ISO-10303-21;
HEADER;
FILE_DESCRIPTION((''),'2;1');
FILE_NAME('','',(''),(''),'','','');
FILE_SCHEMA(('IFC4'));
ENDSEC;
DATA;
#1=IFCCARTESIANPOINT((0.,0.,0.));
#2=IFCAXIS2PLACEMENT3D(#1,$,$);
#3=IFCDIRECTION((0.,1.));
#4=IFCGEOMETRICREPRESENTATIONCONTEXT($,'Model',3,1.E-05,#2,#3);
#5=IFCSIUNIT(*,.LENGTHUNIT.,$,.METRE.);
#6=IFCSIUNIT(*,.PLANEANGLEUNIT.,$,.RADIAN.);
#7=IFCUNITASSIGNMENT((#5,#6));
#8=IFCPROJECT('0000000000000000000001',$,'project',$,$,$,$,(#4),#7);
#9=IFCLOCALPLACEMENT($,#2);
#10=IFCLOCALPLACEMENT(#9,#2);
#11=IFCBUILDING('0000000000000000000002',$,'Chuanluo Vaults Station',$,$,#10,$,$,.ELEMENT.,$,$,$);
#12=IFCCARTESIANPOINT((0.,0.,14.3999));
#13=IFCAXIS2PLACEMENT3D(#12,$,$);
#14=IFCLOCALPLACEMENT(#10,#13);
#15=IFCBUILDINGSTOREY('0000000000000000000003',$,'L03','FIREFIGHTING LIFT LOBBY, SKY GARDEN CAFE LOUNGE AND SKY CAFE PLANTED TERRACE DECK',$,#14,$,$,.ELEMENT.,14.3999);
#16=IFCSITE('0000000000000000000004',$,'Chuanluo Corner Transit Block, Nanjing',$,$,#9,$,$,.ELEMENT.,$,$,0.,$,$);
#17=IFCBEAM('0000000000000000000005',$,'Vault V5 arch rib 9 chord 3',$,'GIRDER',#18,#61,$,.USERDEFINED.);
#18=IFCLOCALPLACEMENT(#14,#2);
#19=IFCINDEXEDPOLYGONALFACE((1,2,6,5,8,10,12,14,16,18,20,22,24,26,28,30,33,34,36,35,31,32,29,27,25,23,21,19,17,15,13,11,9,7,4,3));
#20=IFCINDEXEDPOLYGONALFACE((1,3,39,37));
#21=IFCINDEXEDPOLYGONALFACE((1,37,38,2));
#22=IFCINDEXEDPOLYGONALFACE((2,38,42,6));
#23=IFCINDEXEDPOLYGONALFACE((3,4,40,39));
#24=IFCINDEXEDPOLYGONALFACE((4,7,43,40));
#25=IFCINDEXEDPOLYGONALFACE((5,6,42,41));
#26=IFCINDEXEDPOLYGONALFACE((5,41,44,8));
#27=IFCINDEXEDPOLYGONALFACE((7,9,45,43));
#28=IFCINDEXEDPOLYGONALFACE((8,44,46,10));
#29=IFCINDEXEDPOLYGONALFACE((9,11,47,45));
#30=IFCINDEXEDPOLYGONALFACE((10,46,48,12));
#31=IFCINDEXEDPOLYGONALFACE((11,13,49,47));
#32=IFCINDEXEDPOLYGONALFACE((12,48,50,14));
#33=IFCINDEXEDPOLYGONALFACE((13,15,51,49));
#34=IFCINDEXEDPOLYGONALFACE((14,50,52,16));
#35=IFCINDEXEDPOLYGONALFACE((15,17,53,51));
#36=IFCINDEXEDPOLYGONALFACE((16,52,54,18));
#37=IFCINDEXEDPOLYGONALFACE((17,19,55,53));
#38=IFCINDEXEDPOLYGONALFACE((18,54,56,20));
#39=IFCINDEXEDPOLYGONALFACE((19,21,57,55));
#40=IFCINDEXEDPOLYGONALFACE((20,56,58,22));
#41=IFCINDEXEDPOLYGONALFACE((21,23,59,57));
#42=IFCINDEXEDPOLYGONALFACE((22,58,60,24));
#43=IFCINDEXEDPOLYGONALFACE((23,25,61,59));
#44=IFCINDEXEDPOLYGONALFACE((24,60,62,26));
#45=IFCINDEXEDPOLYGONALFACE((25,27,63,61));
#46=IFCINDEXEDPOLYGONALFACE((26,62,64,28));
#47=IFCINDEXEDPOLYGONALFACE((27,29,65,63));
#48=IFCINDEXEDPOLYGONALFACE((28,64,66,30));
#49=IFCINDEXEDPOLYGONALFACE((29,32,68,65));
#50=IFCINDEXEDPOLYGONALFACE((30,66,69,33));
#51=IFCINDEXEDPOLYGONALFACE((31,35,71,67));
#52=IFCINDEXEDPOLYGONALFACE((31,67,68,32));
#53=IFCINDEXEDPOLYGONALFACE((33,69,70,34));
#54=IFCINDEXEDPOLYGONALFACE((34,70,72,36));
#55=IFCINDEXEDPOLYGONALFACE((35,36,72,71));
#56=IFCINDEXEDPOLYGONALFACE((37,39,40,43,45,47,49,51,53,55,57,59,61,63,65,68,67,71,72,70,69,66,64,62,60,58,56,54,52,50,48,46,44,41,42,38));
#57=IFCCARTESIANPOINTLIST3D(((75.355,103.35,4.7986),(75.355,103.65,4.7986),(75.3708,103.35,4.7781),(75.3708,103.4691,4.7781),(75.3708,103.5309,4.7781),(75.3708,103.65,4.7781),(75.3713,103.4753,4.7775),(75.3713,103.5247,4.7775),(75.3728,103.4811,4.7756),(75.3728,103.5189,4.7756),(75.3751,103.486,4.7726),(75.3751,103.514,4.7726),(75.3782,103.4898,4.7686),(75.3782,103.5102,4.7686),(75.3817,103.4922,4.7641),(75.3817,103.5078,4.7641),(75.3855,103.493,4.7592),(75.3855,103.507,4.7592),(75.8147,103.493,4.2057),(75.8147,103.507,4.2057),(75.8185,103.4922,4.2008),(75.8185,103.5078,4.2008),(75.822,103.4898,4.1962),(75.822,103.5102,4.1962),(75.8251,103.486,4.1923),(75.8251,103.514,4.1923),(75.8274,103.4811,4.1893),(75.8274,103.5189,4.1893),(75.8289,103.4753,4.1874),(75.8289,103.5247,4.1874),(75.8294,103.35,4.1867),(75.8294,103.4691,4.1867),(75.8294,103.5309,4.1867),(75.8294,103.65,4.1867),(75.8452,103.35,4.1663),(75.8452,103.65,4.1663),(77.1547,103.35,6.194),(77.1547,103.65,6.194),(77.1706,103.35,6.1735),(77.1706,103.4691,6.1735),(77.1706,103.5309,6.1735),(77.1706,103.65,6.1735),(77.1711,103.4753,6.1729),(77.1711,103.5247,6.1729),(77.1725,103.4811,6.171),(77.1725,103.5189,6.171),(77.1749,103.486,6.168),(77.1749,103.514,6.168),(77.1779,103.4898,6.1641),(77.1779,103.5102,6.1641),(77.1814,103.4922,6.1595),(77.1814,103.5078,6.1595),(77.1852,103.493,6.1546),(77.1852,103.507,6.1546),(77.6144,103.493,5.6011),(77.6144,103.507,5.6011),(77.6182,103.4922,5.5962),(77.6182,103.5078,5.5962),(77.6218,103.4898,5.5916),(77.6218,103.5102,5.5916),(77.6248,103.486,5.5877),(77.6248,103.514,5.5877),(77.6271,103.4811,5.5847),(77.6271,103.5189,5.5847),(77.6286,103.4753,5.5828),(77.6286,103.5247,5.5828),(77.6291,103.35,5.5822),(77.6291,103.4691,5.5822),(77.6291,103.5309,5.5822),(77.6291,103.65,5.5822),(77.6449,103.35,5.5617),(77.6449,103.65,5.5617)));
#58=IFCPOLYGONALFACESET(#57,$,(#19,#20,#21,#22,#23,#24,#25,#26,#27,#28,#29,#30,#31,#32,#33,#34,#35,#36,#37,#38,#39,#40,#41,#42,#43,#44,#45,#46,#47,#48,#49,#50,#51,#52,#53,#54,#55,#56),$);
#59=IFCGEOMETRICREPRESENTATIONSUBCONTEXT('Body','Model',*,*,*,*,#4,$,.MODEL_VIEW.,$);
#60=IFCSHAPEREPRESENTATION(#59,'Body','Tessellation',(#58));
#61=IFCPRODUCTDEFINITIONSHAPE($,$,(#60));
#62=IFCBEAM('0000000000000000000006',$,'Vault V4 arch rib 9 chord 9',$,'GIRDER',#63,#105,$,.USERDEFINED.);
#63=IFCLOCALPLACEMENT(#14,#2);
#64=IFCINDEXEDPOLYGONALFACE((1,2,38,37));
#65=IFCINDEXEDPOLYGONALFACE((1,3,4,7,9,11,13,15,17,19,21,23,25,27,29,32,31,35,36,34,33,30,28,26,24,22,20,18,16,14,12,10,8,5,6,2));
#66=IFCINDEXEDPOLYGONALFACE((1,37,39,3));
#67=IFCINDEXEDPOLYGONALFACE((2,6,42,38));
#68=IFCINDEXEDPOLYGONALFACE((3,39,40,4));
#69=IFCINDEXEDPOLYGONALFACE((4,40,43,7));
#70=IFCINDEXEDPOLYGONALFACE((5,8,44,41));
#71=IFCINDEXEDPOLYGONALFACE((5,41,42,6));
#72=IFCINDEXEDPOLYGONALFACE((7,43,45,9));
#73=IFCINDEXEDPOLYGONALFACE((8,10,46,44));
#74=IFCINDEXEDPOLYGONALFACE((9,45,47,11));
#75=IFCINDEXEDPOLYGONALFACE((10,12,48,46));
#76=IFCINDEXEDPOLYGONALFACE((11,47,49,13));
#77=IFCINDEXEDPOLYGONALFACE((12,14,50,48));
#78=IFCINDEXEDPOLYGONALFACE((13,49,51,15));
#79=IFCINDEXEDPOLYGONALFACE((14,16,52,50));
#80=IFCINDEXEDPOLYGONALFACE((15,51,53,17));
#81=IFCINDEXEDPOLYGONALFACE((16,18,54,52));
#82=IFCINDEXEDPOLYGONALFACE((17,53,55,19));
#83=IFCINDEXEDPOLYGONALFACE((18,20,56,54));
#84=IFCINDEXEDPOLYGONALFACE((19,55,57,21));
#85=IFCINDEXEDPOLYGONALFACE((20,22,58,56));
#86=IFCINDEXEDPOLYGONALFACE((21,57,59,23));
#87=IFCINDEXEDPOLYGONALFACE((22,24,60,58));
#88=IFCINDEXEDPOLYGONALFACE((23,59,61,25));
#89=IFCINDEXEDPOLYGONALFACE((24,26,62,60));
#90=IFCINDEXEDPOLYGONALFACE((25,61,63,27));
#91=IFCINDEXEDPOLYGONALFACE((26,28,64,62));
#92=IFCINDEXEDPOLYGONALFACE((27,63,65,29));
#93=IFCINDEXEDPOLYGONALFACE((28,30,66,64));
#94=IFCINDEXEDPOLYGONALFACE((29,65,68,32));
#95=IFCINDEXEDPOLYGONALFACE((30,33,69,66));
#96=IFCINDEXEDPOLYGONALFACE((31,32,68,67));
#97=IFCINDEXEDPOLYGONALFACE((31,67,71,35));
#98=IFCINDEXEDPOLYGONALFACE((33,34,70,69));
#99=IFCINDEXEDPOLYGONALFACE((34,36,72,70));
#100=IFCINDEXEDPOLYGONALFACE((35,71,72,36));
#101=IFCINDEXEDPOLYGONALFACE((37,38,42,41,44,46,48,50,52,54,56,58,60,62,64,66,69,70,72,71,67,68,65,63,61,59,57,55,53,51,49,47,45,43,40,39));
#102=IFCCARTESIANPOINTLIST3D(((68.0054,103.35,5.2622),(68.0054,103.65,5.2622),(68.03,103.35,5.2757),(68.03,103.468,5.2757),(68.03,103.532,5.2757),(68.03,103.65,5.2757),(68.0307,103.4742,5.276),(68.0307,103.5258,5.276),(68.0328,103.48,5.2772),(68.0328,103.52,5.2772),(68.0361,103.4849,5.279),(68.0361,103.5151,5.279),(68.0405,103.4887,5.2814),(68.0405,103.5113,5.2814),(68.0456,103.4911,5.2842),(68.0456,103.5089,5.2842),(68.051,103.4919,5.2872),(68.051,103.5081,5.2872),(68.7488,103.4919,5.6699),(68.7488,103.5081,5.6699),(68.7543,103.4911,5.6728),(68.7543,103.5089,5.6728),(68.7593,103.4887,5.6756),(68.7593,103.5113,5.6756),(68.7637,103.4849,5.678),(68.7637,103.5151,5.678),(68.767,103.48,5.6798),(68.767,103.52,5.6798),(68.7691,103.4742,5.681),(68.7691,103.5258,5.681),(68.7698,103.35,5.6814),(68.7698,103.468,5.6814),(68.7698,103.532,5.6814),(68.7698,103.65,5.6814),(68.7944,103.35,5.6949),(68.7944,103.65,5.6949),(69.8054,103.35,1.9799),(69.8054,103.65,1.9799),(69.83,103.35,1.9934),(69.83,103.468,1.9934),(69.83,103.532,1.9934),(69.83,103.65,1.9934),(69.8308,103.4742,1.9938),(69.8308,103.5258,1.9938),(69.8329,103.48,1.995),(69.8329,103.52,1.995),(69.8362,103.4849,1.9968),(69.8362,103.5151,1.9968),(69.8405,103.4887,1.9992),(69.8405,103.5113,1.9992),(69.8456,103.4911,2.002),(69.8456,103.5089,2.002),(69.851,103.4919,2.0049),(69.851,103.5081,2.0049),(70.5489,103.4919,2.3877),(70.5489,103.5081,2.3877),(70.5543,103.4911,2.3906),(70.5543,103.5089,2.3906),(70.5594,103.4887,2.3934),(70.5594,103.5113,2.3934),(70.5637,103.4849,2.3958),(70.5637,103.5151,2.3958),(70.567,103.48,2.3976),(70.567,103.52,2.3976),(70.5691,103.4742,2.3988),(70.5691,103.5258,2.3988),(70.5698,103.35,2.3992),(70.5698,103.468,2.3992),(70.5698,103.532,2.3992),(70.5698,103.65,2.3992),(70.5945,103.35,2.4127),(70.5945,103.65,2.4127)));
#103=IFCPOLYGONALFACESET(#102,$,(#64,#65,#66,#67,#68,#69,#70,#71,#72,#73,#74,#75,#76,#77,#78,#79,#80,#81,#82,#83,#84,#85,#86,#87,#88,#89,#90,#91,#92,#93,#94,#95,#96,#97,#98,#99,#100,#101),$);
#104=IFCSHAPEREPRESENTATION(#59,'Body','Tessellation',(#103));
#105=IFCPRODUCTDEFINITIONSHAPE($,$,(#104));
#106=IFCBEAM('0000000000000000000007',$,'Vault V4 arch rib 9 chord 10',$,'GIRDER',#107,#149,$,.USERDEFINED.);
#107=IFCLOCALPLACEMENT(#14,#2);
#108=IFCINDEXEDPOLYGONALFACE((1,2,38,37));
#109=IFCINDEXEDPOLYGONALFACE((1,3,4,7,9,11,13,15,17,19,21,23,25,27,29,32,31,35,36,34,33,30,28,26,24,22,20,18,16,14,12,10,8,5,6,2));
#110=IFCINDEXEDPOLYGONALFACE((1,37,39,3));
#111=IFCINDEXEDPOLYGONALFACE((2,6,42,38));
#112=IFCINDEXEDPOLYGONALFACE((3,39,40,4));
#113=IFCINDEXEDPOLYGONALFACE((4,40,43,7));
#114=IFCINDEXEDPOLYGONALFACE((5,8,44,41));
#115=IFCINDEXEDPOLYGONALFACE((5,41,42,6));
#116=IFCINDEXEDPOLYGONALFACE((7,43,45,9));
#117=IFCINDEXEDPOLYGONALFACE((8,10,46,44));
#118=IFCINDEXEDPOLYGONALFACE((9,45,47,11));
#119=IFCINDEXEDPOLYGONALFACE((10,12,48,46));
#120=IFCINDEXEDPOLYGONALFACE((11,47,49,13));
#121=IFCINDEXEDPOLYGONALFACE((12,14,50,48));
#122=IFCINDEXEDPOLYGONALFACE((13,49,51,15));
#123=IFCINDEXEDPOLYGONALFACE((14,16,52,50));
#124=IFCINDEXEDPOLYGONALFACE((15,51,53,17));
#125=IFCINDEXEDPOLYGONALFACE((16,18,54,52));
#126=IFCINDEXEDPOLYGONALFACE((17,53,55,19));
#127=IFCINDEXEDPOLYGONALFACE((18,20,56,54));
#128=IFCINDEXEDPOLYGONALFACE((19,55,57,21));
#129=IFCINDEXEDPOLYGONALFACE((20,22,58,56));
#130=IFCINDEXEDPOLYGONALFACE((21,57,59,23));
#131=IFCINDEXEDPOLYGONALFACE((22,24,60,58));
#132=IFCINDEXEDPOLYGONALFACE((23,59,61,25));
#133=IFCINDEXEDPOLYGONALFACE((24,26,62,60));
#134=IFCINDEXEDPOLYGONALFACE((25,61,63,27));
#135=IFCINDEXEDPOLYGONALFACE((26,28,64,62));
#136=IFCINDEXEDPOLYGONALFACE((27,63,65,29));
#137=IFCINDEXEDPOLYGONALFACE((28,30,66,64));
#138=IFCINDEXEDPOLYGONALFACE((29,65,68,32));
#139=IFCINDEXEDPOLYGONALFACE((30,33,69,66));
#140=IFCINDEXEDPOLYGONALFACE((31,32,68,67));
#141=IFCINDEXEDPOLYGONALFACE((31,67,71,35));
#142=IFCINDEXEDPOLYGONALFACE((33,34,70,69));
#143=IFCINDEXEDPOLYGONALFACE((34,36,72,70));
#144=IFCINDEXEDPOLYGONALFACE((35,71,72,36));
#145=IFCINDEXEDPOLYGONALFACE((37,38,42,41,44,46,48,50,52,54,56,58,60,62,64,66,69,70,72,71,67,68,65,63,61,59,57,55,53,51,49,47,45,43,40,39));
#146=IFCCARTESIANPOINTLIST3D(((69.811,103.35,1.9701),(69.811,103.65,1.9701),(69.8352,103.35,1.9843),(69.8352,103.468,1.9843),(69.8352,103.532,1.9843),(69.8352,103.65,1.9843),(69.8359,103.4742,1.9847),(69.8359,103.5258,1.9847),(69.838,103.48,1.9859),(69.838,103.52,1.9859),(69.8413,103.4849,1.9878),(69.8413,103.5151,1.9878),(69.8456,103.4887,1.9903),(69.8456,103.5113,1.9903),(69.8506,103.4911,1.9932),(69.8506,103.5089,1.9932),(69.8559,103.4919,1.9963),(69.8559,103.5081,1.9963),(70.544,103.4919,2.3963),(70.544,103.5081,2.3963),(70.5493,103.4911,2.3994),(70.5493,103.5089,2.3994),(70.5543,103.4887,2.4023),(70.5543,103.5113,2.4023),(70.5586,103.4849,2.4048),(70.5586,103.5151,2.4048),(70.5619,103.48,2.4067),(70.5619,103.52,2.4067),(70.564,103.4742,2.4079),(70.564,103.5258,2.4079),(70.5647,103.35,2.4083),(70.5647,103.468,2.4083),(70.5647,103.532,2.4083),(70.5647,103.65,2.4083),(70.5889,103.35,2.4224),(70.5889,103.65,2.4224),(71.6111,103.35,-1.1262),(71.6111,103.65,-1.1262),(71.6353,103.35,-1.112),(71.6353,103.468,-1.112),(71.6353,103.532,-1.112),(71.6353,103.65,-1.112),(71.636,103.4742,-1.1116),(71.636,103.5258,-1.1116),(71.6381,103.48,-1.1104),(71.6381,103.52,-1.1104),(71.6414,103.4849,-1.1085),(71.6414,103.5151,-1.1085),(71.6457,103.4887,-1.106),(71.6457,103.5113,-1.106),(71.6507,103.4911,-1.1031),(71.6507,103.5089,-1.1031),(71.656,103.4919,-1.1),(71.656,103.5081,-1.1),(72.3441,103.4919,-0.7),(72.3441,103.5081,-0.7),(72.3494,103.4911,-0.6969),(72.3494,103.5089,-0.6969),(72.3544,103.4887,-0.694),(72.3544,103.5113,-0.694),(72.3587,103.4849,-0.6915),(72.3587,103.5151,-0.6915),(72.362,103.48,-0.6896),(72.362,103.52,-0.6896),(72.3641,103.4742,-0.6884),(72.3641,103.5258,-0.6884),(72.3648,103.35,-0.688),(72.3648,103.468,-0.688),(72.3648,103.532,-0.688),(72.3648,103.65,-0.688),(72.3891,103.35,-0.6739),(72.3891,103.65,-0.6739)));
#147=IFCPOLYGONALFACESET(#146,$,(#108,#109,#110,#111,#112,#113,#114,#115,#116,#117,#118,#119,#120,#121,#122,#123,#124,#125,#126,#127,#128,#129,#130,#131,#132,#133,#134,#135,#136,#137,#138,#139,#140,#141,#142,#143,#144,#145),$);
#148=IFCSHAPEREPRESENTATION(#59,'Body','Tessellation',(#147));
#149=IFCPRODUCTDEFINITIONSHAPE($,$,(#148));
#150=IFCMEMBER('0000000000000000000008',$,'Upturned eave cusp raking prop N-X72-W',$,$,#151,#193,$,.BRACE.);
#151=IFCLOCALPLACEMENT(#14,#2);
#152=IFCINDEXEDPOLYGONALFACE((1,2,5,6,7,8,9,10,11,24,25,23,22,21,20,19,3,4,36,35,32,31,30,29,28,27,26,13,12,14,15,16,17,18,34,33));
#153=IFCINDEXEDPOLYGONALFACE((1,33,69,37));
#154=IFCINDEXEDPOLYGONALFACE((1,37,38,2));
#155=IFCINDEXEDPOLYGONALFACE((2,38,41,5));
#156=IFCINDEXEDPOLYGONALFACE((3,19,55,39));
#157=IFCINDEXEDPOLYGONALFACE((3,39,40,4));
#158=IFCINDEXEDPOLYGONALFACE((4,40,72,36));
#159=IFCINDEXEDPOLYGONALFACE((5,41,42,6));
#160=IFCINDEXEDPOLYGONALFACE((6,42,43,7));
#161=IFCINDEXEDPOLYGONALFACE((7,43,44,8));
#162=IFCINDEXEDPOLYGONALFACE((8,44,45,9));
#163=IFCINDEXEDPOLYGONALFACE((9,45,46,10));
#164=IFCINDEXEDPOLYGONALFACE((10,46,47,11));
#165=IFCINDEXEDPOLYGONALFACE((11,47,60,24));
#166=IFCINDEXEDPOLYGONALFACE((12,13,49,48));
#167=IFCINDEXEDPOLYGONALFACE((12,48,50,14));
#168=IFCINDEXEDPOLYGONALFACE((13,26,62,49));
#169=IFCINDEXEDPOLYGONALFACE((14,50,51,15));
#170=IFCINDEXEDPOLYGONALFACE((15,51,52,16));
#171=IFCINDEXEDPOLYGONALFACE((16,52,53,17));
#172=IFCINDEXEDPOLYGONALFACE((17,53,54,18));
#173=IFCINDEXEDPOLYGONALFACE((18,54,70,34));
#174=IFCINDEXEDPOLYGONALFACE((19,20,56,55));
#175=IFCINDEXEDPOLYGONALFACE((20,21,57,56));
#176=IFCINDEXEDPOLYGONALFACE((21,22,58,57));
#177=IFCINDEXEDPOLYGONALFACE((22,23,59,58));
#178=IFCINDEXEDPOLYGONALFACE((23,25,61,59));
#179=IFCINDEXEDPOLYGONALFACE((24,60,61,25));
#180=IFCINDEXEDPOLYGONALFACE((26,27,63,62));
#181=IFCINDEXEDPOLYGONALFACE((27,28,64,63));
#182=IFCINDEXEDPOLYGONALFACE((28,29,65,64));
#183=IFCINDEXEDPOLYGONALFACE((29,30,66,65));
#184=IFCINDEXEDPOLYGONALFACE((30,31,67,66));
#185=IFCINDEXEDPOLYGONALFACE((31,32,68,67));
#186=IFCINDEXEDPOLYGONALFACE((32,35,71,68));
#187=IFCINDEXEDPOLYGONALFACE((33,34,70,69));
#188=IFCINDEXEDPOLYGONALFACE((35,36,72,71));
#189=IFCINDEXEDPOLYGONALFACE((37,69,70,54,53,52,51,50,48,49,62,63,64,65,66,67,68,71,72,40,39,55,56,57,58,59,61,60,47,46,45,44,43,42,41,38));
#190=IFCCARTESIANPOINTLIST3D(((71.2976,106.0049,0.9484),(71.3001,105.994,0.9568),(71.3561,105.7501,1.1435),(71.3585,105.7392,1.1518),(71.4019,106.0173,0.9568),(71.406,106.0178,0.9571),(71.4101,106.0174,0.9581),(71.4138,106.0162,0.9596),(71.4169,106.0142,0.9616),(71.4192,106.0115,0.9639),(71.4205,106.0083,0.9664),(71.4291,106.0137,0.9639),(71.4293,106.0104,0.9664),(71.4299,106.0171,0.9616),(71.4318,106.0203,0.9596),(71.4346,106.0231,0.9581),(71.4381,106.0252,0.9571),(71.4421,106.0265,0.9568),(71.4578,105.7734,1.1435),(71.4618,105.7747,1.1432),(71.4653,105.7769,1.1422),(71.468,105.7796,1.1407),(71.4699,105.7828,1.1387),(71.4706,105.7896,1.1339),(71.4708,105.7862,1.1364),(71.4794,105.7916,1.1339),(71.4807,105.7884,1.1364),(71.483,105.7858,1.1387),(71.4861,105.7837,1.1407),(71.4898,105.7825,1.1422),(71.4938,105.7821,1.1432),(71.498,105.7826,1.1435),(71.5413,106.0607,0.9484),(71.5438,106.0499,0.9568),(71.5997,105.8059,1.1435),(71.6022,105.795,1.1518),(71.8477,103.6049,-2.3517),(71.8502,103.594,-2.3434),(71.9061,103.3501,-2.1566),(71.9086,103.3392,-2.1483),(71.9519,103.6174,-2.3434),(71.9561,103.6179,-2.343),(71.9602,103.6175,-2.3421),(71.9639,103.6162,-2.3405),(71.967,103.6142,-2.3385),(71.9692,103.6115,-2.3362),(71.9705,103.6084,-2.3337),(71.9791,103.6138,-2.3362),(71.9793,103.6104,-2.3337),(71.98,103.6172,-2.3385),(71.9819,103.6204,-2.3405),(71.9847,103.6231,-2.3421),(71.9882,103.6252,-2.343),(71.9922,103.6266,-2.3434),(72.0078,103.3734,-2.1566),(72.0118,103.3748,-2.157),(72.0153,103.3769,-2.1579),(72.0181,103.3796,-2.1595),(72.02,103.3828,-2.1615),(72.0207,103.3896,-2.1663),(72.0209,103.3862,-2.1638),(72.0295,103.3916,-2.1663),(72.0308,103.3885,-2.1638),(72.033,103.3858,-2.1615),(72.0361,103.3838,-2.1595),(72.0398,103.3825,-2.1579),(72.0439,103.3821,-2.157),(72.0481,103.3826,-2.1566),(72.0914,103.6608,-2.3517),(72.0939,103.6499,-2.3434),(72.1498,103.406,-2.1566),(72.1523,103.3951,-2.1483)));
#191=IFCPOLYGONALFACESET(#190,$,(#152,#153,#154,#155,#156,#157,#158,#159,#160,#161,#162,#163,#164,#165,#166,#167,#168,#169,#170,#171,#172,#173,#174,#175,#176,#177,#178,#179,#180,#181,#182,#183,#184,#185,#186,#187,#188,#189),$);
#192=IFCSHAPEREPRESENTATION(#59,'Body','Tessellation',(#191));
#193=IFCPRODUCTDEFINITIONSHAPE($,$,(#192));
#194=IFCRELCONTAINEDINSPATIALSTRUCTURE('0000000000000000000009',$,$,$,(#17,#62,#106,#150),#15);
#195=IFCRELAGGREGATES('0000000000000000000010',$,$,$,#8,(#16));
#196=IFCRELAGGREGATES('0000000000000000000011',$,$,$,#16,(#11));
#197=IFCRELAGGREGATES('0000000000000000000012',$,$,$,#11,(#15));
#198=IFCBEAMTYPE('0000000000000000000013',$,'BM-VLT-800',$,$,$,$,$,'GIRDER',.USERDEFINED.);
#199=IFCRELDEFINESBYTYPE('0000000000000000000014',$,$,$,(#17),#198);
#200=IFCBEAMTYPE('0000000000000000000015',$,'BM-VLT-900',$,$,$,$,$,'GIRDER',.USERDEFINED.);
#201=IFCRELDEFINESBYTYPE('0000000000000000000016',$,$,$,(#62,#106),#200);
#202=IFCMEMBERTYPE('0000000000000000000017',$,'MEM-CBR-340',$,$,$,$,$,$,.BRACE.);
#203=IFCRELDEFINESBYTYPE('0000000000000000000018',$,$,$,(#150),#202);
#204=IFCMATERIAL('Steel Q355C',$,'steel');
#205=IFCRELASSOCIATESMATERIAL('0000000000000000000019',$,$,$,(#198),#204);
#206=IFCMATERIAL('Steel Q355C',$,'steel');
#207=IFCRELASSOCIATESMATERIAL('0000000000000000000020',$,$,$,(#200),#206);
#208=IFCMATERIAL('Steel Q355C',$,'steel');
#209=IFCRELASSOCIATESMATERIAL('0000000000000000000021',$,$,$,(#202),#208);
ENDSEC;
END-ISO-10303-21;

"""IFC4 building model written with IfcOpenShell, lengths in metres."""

from ifc_helpers import new_model, si_unit, direction, frame, origin, origin_2d, place, context, subcontext, project, spatial, i_section, extrude, material, material_profile, profile_set, type_object, element, save


model = new_model("IFC4")

# Units and contexts
model_context = context("Model", 3, precision=1e-05, world=origin(), true_north=direction((0.0, 1.0)))
body_context = subcontext(model_context, "Body", "Model", "MODEL_VIEW")
ifc_project = project(units=[si_unit("LENGTHUNIT", "METRE"), si_unit("PLANEANGLEUNIT", "RADIAN")], contexts=[model_context])

# Site, building, storey
site_placement = place(None, origin())
site = spatial("IfcSite", under=ifc_project, at=site_placement, Name="Chuanluo Corner Transit Block, Nanjing", CompositionType="ELEMENT", RefElevation=0.0)
building_placement = place(site_placement, origin())
building = spatial("IfcBuilding", under=site, at=building_placement, Name="Chuanluo Vaults Station", CompositionType="ELEMENT")
storey_placement = place(building_placement, frame((0.0, 0.0, 14.3999)))
storey = spatial("IfcBuildingStorey", under=building, at=storey_placement, Name="L03", Description="FIREFIGHTING LIFT LOBBY, SKY GARDEN CAFE LOUNGE AND SKY CAFE PLANTED TERRACE DECK", CompositionType="ELEMENT", Elevation=14.3999)

# Beams
ifc_material_1 = material(Name="Steel Q355C", Category="steel")
ifc_material_profile_1 = material_profile(ifc_material_1, i_section(OverallWidth=0.3, OverallDepth=0.8, WebThickness=0.0139, FlangeThickness=0.0259, FilletRadius=0.0239, at=origin_2d()))
ifc_profile_set_1 = profile_set([ifc_material_profile_1], Name="Steel Q355C")
beam_type_1 = type_object("IfcBeamType", Name="BM-VLT-800", ElementType="GIRDER", PredefinedType="USERDEFINED", material=ifc_profile_set_1)
beam_1_placement = place(storey_placement, frame((75.6001, 103.5, 4.4824), z_axis=(0.790275, 0.0, 0.612752), x_axis=(0.0, 1.0, 0.0)))
element("IfcBeam", 1, at=beam_1_placement, inside=storey, type_object=beam_type_1, Name="Vault V5 arch rib 9 chord 3", ObjectType="GIRDER", PredefinedType="USERDEFINED", context=body_context, shape_type="SweptSolid", body=[
    extrude(i_section(OverallWidth=0.3, OverallDepth=0.8, WebThickness=0.0139, FlangeThickness=0.0259, FilletRadius=0.0239, at=origin_2d()), origin(), (0.0, 0.0, 1.0), 2.2773),
])
ifc_material_2 = material(Name="Steel Q355C", Category="steel")
ifc_material_profile_2 = material_profile(ifc_material_2, i_section(OverallWidth=0.3, OverallDepth=0.8999, WebThickness=0.0161, FlangeThickness=0.0281, FilletRadius=0.0239, at=origin_2d()))
ifc_profile_set_2 = profile_set([ifc_material_profile_2], Name="Steel Q355C")
beam_type_2 = type_object("IfcBeamType", Name="BM-VLT-900", ElementType="GIRDER", PredefinedType="USERDEFINED", material=ifc_profile_set_2)
beam_2_placement = place(storey_placement, frame((68.3999, 103.5, 5.4785), z_axis=(0.480857, 0.0, -0.876799), x_axis=(0.0, 1.0, 0.0)))
element("IfcBeam", 2, at=beam_2_placement, inside=storey, type_object=beam_type_2, Name="Vault V4 arch rib 9 chord 9", ObjectType="GIRDER", PredefinedType="USERDEFINED", context=body_context, shape_type="SweptSolid", body=[
    extrude(i_section(OverallWidth=0.3, OverallDepth=0.8999, WebThickness=0.0161, FlangeThickness=0.0281, FilletRadius=0.0239, at=origin_2d()), origin(), (0.0, 0.0, 1.0), 3.7434),
])
beam_3_placement = place(storey_placement, frame((70.2, 103.5, 2.1963), z_axis=(0.502607, 0.0, -0.864515), x_axis=(0.0, 1.0, 0.0)))
element("IfcBeam", 3, at=beam_3_placement, inside=storey, type_object=beam_type_2, Name="Vault V4 arch rib 9 chord 10", ObjectType="GIRDER", PredefinedType="USERDEFINED", context=body_context, shape_type="SweptSolid", body=[
    extrude(i_section(OverallWidth=0.3, OverallDepth=0.8999, WebThickness=0.0161, FlangeThickness=0.0281, FilletRadius=0.0239, at=origin_2d()), origin(), (0.0, 0.0, 1.0), 3.5815),
])

# Member
ifc_material_3 = material(Name="Steel Q355C", Category="steel")
ifc_material_profile_3 = material_profile(ifc_material_3, i_section(OverallWidth=0.25, OverallDepth=0.3401, WebThickness=0.009, FlangeThickness=0.0139, FilletRadius=0.0161, at=origin_2d()))
ifc_profile_set_3 = profile_set([ifc_material_profile_3], Name="Steel Q355C")
member_type_1 = type_object("IfcMemberType", Name="MEM-CBR-340", PredefinedType="BRACE", material=ifc_profile_set_3)
for number, where, z_axis, x_axis, name in (
    (4, (72.0, 103.5, -2.25), (-0.133594, 0.582878, 0.801502), (-0.974726, -0.223404, 0.0), "Upturned eave cusp raking prop N-X72-W"),
):
    element("IfcMember", number, at=place(storey_placement, frame(where, z_axis=z_axis, x_axis=x_axis)), inside=storey, type_object=member_type_1, Name=name, PredefinedType="BRACE", context=body_context, shape_type="SweptSolid", body=[
        extrude(i_section(OverallWidth=0.25, OverallDepth=0.3401, WebThickness=0.009, FlangeThickness=0.0139, FilletRadius=0.0161, at=origin_2d()), origin(), (0.0, 0.0, 1.0), 4.1174),
    ])

save(model, "model.ifc")
